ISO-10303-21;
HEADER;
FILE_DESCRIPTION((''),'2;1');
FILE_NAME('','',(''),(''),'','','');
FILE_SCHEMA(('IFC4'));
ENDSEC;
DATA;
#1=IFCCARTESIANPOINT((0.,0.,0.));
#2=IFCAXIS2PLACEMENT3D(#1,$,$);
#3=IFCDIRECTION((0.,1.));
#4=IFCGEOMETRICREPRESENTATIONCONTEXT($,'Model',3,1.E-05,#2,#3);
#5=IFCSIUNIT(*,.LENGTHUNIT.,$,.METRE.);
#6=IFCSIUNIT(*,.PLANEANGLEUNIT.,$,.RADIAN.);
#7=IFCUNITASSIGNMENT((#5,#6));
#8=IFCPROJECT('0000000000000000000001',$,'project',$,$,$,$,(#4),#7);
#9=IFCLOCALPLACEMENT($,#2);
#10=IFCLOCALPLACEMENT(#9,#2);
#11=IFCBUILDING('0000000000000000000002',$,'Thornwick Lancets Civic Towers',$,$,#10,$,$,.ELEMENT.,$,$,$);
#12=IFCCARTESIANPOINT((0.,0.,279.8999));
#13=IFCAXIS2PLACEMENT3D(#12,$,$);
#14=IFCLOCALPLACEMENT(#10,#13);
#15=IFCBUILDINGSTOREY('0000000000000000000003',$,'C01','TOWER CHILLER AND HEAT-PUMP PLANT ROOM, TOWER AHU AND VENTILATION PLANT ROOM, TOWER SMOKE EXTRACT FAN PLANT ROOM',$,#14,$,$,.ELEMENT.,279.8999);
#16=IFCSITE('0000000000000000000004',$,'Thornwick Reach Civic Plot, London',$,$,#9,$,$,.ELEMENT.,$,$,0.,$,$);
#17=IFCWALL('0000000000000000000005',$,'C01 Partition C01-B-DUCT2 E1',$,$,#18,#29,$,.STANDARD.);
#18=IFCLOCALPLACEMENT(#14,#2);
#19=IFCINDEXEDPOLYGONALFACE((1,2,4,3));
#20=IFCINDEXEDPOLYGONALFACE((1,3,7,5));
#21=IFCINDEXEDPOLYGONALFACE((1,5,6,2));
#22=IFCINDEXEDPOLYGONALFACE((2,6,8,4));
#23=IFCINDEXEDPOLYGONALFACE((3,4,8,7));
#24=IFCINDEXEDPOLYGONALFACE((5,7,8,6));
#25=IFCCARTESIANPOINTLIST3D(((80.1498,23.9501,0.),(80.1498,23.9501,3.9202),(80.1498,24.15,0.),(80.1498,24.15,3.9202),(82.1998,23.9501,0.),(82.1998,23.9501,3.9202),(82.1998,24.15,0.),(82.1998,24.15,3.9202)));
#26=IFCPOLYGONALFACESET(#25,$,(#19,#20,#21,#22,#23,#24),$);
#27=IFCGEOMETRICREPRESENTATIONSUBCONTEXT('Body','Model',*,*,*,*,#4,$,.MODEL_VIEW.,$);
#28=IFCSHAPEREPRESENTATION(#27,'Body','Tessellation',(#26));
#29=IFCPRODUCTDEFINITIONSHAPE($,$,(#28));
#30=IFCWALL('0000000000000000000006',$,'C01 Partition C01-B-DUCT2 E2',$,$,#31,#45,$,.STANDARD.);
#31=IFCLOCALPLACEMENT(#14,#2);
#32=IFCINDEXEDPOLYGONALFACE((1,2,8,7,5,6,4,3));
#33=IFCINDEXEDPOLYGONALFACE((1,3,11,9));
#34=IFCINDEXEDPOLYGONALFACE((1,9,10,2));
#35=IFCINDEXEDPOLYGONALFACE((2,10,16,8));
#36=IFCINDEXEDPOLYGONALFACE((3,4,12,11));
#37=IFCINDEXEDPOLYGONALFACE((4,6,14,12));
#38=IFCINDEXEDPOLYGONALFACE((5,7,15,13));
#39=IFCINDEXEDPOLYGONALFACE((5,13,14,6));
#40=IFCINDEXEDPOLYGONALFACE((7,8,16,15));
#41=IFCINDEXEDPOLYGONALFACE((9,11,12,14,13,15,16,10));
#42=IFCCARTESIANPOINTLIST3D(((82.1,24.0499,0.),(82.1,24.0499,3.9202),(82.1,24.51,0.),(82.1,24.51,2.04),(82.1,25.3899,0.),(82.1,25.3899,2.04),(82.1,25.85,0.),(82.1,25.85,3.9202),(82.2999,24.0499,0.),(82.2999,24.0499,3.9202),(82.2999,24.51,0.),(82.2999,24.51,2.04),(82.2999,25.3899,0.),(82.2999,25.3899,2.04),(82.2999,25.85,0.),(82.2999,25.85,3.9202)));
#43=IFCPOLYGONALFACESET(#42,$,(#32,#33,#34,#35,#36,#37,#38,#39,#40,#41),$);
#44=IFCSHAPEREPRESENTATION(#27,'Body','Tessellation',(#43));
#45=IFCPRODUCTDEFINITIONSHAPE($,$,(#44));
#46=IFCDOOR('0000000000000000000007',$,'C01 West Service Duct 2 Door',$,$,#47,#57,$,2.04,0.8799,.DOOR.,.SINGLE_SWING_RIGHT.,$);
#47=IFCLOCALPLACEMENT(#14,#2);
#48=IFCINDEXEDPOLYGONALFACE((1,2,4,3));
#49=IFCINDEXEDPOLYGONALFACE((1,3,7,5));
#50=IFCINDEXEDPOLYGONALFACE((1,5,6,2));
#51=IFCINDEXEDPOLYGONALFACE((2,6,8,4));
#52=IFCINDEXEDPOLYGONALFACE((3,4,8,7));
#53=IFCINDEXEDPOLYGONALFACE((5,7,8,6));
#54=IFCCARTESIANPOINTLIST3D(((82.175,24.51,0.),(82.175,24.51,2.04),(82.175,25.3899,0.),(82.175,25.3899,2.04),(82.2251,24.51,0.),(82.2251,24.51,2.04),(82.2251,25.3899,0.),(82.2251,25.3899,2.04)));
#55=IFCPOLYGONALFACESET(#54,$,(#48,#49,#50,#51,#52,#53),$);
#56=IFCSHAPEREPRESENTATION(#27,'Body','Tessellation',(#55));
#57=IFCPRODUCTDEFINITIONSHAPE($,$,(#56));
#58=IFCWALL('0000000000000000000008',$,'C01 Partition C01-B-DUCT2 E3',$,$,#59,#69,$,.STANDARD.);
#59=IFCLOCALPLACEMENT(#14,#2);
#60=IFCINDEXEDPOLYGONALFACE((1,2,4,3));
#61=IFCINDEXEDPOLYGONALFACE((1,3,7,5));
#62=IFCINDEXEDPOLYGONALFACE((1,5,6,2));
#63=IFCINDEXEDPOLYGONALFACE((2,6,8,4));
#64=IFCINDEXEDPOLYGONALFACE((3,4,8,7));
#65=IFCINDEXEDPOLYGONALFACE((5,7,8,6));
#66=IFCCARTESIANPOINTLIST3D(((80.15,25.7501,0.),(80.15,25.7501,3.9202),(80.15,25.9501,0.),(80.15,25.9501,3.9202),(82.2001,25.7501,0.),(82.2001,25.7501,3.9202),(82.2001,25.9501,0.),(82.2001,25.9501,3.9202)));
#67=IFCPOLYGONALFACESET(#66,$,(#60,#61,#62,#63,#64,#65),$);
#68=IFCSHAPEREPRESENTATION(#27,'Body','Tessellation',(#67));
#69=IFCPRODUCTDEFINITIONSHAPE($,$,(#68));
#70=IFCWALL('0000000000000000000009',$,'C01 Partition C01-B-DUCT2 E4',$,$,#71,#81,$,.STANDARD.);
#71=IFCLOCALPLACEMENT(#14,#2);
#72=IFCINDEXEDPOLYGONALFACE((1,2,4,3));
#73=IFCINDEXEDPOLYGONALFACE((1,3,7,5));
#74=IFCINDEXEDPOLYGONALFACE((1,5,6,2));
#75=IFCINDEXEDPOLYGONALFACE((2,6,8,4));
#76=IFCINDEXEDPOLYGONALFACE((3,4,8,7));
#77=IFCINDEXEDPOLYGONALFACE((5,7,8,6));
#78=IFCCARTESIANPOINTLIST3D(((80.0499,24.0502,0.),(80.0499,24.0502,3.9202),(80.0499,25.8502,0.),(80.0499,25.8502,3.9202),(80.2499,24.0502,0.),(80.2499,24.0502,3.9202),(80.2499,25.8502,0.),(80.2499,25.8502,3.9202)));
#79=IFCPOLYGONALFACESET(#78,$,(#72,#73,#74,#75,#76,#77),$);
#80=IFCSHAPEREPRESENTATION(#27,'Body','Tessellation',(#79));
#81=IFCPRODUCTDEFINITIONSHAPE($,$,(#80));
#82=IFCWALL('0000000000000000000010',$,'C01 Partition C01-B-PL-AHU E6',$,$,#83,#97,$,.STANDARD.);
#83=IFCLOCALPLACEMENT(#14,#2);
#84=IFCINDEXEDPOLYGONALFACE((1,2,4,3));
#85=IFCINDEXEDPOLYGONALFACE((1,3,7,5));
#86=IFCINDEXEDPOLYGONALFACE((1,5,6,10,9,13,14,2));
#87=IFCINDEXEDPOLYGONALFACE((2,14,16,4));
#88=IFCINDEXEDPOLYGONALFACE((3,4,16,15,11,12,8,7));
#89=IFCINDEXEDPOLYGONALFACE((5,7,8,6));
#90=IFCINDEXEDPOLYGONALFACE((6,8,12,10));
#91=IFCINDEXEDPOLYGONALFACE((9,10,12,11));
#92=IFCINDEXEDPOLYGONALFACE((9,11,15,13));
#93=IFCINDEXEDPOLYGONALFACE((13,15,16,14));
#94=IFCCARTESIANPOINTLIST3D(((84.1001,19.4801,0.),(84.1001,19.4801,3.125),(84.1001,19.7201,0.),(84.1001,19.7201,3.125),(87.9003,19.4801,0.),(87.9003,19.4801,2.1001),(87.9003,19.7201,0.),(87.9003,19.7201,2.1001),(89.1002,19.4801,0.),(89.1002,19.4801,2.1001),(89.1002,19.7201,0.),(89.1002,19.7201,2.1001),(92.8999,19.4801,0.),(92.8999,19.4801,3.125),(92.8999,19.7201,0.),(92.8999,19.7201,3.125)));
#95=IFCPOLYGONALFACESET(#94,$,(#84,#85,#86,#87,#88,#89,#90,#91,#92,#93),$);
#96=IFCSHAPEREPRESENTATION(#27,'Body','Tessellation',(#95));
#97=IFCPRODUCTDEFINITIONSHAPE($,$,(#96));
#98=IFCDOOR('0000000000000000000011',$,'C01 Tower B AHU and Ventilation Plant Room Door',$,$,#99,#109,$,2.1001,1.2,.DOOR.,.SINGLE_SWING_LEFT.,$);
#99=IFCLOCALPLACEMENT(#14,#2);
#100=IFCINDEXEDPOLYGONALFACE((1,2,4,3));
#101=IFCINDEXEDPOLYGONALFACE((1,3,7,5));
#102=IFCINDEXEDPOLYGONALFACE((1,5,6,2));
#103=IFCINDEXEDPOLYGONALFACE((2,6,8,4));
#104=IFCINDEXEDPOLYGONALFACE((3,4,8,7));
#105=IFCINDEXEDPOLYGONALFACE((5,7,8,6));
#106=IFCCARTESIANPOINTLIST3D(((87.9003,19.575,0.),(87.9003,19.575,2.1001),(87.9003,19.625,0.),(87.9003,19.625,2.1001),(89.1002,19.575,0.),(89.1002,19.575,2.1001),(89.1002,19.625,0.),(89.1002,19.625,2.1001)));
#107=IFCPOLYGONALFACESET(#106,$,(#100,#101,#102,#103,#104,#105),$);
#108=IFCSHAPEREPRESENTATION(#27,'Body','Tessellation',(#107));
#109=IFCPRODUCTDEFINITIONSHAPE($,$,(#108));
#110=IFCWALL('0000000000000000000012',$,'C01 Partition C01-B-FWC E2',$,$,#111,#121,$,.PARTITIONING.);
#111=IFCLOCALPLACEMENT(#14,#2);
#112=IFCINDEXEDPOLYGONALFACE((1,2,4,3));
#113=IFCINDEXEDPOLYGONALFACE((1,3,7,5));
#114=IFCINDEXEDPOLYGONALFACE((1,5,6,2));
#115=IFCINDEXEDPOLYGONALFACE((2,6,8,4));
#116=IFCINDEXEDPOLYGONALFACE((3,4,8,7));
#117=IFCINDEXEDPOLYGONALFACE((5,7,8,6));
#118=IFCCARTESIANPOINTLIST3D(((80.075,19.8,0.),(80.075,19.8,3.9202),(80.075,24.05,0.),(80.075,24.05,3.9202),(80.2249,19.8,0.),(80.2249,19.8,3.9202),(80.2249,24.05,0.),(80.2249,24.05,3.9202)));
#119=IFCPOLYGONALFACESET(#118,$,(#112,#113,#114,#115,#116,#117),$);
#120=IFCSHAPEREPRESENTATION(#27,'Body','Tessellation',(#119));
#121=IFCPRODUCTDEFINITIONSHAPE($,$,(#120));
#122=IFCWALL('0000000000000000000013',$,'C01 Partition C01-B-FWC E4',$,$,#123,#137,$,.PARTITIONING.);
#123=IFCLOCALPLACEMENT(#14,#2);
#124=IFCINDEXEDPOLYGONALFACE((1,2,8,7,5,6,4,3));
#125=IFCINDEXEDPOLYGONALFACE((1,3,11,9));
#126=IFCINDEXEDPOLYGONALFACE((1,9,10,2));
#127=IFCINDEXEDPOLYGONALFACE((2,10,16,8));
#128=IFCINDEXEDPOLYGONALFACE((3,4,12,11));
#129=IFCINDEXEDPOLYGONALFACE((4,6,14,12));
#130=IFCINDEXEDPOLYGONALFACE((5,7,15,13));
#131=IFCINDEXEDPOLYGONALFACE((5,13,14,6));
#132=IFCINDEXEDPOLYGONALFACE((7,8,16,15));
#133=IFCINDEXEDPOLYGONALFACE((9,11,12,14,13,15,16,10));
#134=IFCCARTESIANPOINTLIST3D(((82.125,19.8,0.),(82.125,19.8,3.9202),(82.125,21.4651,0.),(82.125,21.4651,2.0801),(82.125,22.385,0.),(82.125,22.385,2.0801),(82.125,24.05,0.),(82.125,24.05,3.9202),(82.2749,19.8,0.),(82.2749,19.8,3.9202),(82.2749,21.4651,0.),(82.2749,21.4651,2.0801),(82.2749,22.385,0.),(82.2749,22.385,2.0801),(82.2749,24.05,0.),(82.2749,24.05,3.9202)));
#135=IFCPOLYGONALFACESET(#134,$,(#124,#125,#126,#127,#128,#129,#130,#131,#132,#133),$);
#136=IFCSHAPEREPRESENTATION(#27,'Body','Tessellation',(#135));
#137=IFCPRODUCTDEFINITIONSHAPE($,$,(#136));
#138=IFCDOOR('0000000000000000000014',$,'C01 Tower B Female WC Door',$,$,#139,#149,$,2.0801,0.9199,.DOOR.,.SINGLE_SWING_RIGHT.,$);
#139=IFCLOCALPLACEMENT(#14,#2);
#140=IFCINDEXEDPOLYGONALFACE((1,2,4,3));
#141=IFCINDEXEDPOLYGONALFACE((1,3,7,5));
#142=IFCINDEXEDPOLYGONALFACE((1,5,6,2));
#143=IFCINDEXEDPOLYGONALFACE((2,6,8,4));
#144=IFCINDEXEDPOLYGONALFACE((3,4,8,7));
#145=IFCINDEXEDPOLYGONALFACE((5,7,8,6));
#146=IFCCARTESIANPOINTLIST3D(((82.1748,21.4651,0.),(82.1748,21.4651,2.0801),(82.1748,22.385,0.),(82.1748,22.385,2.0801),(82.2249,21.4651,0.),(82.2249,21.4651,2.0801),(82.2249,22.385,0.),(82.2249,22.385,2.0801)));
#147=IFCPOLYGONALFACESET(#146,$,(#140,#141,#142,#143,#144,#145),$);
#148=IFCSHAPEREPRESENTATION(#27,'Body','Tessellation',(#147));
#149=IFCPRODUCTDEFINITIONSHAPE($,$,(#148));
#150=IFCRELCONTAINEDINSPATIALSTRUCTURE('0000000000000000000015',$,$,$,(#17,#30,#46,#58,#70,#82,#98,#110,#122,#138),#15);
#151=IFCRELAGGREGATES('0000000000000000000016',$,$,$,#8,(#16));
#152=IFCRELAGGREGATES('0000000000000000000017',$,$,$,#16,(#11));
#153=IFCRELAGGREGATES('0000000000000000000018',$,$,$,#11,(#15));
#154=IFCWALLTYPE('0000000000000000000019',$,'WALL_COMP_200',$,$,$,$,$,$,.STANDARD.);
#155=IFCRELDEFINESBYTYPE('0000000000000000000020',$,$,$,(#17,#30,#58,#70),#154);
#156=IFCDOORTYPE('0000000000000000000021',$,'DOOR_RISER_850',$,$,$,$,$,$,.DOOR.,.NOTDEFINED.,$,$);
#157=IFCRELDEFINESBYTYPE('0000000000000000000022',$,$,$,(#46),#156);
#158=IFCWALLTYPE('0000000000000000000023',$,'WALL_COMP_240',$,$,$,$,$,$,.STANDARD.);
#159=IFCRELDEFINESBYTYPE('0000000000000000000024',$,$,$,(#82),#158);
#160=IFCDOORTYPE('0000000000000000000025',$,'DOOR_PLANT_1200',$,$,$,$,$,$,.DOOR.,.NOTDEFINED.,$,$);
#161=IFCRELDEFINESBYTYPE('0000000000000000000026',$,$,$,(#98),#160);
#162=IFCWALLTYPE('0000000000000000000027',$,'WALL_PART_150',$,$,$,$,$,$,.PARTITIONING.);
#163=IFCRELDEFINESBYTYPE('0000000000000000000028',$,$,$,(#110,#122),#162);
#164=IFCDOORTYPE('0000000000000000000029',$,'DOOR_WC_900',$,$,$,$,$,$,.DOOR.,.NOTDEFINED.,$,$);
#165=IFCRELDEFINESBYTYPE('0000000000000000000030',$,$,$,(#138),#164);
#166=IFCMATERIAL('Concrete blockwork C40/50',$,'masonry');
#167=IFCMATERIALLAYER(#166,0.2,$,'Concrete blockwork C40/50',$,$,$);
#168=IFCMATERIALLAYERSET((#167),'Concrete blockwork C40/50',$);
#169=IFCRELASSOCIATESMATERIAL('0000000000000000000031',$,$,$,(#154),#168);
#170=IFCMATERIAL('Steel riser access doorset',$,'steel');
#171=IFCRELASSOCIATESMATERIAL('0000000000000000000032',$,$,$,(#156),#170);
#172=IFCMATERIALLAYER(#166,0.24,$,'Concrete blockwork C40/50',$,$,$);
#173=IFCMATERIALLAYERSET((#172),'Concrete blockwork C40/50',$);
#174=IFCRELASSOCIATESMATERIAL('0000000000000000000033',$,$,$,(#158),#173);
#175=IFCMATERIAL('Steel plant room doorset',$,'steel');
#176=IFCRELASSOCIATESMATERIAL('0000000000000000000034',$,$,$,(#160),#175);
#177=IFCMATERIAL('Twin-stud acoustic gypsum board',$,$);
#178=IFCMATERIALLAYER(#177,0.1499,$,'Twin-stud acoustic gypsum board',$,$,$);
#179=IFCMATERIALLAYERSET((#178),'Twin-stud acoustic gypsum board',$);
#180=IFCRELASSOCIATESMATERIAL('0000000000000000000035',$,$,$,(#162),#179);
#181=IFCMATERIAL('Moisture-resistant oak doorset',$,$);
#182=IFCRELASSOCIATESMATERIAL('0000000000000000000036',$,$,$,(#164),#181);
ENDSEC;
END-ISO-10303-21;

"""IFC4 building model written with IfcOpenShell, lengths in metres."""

from ifc_helpers import new_model, si_unit, direction, frame, frame_2d, origin, place, context, subcontext, project, spatial, rectangle, extrude, material, layer, layer_set, type_object, element, fill, save


model = new_model("IFC4")

# Units and contexts
model_context = context("Model", 3, precision=1e-05, world=origin(), true_north=direction((0.0, 1.0)))
body_context = subcontext(model_context, "Body", "Model", "MODEL_VIEW")
ifc_project = project(units=[si_unit("LENGTHUNIT", "METRE"), si_unit("PLANEANGLEUNIT", "RADIAN")], contexts=[model_context])

# Site, building, storey
site_placement = place(None, origin())
site = spatial("IfcSite", under=ifc_project, at=site_placement, Name="Thornwick Reach Civic Plot, London", CompositionType="ELEMENT", RefElevation=0.0)
building_placement = place(site_placement, origin())
building = spatial("IfcBuilding", under=site, at=building_placement, Name="Thornwick Lancets Civic Towers", CompositionType="ELEMENT")
storey_placement = place(building_placement, frame((0.0, 0.0, 279.8999)))
storey = spatial("IfcBuildingStorey", under=building, at=storey_placement, Name="C01", Description="TOWER CHILLER AND HEAT-PUMP PLANT ROOM, TOWER AHU AND VENTILATION PLANT ROOM, TOWER SMOKE EXTRACT FAN PLANT ROOM", CompositionType="ELEMENT", Elevation=279.8999)

# Shared definitions
ifc_material_1 = material(Name="Concrete blockwork C40/50", Category="masonry")
ifc_layer_1 = layer(ifc_material_1, 0.2, Name="Concrete blockwork C40/50")
ifc_layer_set_1 = layer_set([ifc_layer_1], Name="Concrete blockwork C40/50")
wall_type_1 = type_object("IfcWallType", Name="WALL_COMP_200", PredefinedType="STANDARD", material=ifc_layer_set_1)

# Wall
wall_1_placement = place(storey_placement, frame((80.1499, 24.05, 0.0), z_axis=(0.0, 0.0, 1.0), x_axis=(1.0, 0.0, 0.0)))
element("IfcWall", 1, at=wall_1_placement, inside=storey, type_object=wall_type_1, Name="C01 Partition C01-B-DUCT2 E1", PredefinedType="STANDARD", context=body_context, shape_type="SweptSolid", body=[
    extrude(rectangle(XDim=2.05, YDim=0.2, at=frame_2d((1.0249, 0.0))), origin(), (0.0, 0.0, 1.0), 3.9202),
])

# Wall, opening, door
wall_2_placement = place(storey_placement, frame((82.2, 24.05, 0.0), z_axis=(0.0, 0.0, 1.0), x_axis=(0.0, 1.0, 0.0)))
wall_2 = element("IfcWall", 2, at=wall_2_placement, inside=storey, type_object=wall_type_1, Name="C01 Partition C01-B-DUCT2 E2", PredefinedType="STANDARD", context=body_context, shape_type="SweptSolid", body=[
    extrude(rectangle(XDim=1.8, YDim=0.2, at=frame_2d((0.8999, 0.0))), origin(), (0.0, 0.0, 1.0), 3.9202),
])
opening_1_placement = place(wall_2_placement, frame((0.46, 0.0, 0.0)))
opening_1 = element("IfcOpeningElement", 3, at=opening_1_placement, cuts=wall_2, PredefinedType="OPENING", context=body_context, shape_type="SweptSolid", body=[
    extrude(rectangle(XDim=0.8799, YDim=2.04, at=frame_2d((0.4399, 1.02))), frame((0.0, 0.1099, 0.0), z_axis=(0.0, -1.0, 0.0), x_axis=(1.0, 0.0, 0.0)), (0.0, 0.0, 1.0), 0.22),
])
ifc_material_2 = material(Name="Steel riser access doorset", Category="steel")
door_type_1 = type_object("IfcDoorType", Name="DOOR_RISER_850", OperationType="NOTDEFINED", PredefinedType="DOOR", material=ifc_material_2)
door_1_placement = place(opening_1_placement, origin())
door_1 = element("IfcDoor", 4, at=door_1_placement, inside=storey, type_object=door_type_1, Name="C01 West Service Duct 2 Door", OperationType="SINGLE_SWING_RIGHT", OverallHeight=2.04, OverallWidth=0.8799, PredefinedType="DOOR", context=body_context, shape_type="SweptSolid", body=[
    extrude(rectangle(XDim=0.8799, YDim=2.04, at=frame_2d((0.4399, 1.02))), frame((0.0, 0.0249, 0.0), z_axis=(0.0, -1.0, 0.0), x_axis=(1.0, 0.0, 0.0)), (0.0, 0.0, 1.0), 0.05),
])
fill(opening_1, door_1)

# Walls
wall_3_placement = place(storey_placement, frame((82.2, 25.8501, 0.0), z_axis=(0.0, 0.0, 1.0), x_axis=(-1.0, 0.0, 0.0)))
element("IfcWall", 5, at=wall_3_placement, inside=storey, type_object=wall_type_1, Name="C01 Partition C01-B-DUCT2 E3", PredefinedType="STANDARD", context=body_context, shape_type="SweptSolid", body=[
    extrude(rectangle(XDim=2.05, YDim=0.2, at=frame_2d((1.0249, 0.0))), origin(), (0.0, 0.0, 1.0), 3.9202),
])
wall_4_placement = place(storey_placement, frame((80.1499, 25.8501, 0.0), z_axis=(0.0, 0.0, 1.0), x_axis=(0.0, -1.0, 0.0)))
element("IfcWall", 6, at=wall_4_placement, inside=storey, type_object=wall_type_1, Name="C01 Partition C01-B-DUCT2 E4", PredefinedType="STANDARD", context=body_context, shape_type="SweptSolid", body=[
    extrude(rectangle(XDim=1.8, YDim=0.2, at=frame_2d((0.8999, 0.0))), origin(), (0.0, 0.0, 1.0), 3.9202),
])

# Wall, opening, door
ifc_layer_2 = layer(ifc_material_1, 0.24, Name="Concrete blockwork C40/50")
ifc_layer_set_2 = layer_set([ifc_layer_2], Name="Concrete blockwork C40/50")
wall_type_2 = type_object("IfcWallType", Name="WALL_COMP_240", PredefinedType="STANDARD", material=ifc_layer_set_2)
wall_5_placement = place(storey_placement, frame((84.1001, 19.6001, 0.0), z_axis=(0.0, 0.0, 1.0), x_axis=(1.0, 0.0, 0.0)))
wall_5 = element("IfcWall", 7, at=wall_5_placement, inside=storey, type_object=wall_type_2, Name="C01 Partition C01-B-PL-AHU E6", PredefinedType="STANDARD", context=body_context, shape_type="SweptSolid", body=[
    extrude(rectangle(XDim=8.7998, YDim=0.24, at=frame_2d((4.3999, 0.0))), origin(), (0.0, 0.0, 1.0), 3.125),
])
opening_2_placement = place(wall_5_placement, frame((3.8, 0.0, 0.0)))
opening_2 = element("IfcOpeningElement", 8, at=opening_2_placement, cuts=wall_5, PredefinedType="OPENING", context=body_context, shape_type="SweptSolid", body=[
    extrude(rectangle(XDim=1.2, YDim=2.1001, at=frame_2d((0.6001, 1.05))), frame((0.0, 0.1299, 0.0), z_axis=(0.0, -1.0, 0.0), x_axis=(1.0, 0.0, 0.0)), (0.0, 0.0, 1.0), 0.26),
])
ifc_material_3 = material(Name="Steel plant room doorset", Category="steel")
door_type_2 = type_object("IfcDoorType", Name="DOOR_PLANT_1200", OperationType="NOTDEFINED", PredefinedType="DOOR", material=ifc_material_3)
door_2_placement = place(opening_2_placement, origin())
door_2 = element("IfcDoor", 9, at=door_2_placement, inside=storey, type_object=door_type_2, Name="C01 Tower B AHU and Ventilation Plant Room Door", OperationType="SINGLE_SWING_LEFT", OverallHeight=2.1001, OverallWidth=1.2, PredefinedType="DOOR", context=body_context, shape_type="SweptSolid", body=[
    extrude(rectangle(XDim=1.2, YDim=2.1001, at=frame_2d((0.6001, 1.05))), frame((0.0, 0.0249, 0.0), z_axis=(0.0, -1.0, 0.0), x_axis=(1.0, 0.0, 0.0)), (0.0, 0.0, 1.0), 0.05),
])
fill(opening_2, door_2)

# Wall
ifc_material_4 = material(Name="Twin-stud acoustic gypsum board")
ifc_layer_3 = layer(ifc_material_4, 0.1499, Name="Twin-stud acoustic gypsum board")
ifc_layer_set_3 = layer_set([ifc_layer_3], Name="Twin-stud acoustic gypsum board")
wall_type_3 = type_object("IfcWallType", Name="WALL_PART_150", PredefinedType="PARTITIONING", material=ifc_layer_set_3)
wall_6_placement = place(storey_placement, frame((80.1499, 19.8, 0.0), z_axis=(0.0, 0.0, 1.0), x_axis=(0.0, 1.0, 0.0)))
element("IfcWall", 10, at=wall_6_placement, inside=storey, type_object=wall_type_3, Name="C01 Partition C01-B-FWC E2", PredefinedType="PARTITIONING", context=body_context, shape_type="SweptSolid", body=[
    extrude(rectangle(XDim=4.25, YDim=0.1499, at=frame_2d((2.125, 0.0))), origin(), (0.0, 0.0, 1.0), 3.9202),
])

# Wall, opening, door
wall_7_placement = place(storey_placement, frame((82.2, 24.05, 0.0), z_axis=(0.0, 0.0, 1.0), x_axis=(0.0, -1.0, 0.0)))
wall_7 = element("IfcWall", 11, at=wall_7_placement, inside=storey, type_object=wall_type_3, Name="C01 Partition C01-B-FWC E4", PredefinedType="PARTITIONING", context=body_context, shape_type="SweptSolid", body=[
    extrude(rectangle(XDim=4.25, YDim=0.1499, at=frame_2d((2.125, 0.0))), origin(), (0.0, 0.0, 1.0), 3.9202),
])
opening_3_placement = place(wall_7_placement, frame((1.665, 0.0, 0.0)))
opening_3 = element("IfcOpeningElement", 12, at=opening_3_placement, cuts=wall_7, PredefinedType="OPENING", context=body_context, shape_type="SweptSolid", body=[
    extrude(rectangle(XDim=0.9199, YDim=2.0801, at=frame_2d((0.46, 1.04))), frame((0.0, 0.085, 0.0), z_axis=(0.0, -1.0, 0.0), x_axis=(1.0, 0.0, 0.0)), (0.0, 0.0, 1.0), 0.1699),
])
ifc_material_5 = material(Name="Moisture-resistant oak doorset")
door_type_3 = type_object("IfcDoorType", Name="DOOR_WC_900", OperationType="NOTDEFINED", PredefinedType="DOOR", material=ifc_material_5)
door_3_placement = place(opening_3_placement, origin())
door_3 = element("IfcDoor", 13, at=door_3_placement, inside=storey, type_object=door_type_3, Name="C01 Tower B Female WC Door", OperationType="SINGLE_SWING_RIGHT", OverallHeight=2.0801, OverallWidth=0.9199, PredefinedType="DOOR", context=body_context, shape_type="SweptSolid", body=[
    extrude(rectangle(XDim=0.9199, YDim=2.0801, at=frame_2d((0.46, 1.04))), frame((0.0, 0.0249, 0.0), z_axis=(0.0, -1.0, 0.0), x_axis=(1.0, 0.0, 0.0)), (0.0, 0.0, 1.0), 0.05),
])
fill(opening_3, door_3)

save(model, "model.ifc")
